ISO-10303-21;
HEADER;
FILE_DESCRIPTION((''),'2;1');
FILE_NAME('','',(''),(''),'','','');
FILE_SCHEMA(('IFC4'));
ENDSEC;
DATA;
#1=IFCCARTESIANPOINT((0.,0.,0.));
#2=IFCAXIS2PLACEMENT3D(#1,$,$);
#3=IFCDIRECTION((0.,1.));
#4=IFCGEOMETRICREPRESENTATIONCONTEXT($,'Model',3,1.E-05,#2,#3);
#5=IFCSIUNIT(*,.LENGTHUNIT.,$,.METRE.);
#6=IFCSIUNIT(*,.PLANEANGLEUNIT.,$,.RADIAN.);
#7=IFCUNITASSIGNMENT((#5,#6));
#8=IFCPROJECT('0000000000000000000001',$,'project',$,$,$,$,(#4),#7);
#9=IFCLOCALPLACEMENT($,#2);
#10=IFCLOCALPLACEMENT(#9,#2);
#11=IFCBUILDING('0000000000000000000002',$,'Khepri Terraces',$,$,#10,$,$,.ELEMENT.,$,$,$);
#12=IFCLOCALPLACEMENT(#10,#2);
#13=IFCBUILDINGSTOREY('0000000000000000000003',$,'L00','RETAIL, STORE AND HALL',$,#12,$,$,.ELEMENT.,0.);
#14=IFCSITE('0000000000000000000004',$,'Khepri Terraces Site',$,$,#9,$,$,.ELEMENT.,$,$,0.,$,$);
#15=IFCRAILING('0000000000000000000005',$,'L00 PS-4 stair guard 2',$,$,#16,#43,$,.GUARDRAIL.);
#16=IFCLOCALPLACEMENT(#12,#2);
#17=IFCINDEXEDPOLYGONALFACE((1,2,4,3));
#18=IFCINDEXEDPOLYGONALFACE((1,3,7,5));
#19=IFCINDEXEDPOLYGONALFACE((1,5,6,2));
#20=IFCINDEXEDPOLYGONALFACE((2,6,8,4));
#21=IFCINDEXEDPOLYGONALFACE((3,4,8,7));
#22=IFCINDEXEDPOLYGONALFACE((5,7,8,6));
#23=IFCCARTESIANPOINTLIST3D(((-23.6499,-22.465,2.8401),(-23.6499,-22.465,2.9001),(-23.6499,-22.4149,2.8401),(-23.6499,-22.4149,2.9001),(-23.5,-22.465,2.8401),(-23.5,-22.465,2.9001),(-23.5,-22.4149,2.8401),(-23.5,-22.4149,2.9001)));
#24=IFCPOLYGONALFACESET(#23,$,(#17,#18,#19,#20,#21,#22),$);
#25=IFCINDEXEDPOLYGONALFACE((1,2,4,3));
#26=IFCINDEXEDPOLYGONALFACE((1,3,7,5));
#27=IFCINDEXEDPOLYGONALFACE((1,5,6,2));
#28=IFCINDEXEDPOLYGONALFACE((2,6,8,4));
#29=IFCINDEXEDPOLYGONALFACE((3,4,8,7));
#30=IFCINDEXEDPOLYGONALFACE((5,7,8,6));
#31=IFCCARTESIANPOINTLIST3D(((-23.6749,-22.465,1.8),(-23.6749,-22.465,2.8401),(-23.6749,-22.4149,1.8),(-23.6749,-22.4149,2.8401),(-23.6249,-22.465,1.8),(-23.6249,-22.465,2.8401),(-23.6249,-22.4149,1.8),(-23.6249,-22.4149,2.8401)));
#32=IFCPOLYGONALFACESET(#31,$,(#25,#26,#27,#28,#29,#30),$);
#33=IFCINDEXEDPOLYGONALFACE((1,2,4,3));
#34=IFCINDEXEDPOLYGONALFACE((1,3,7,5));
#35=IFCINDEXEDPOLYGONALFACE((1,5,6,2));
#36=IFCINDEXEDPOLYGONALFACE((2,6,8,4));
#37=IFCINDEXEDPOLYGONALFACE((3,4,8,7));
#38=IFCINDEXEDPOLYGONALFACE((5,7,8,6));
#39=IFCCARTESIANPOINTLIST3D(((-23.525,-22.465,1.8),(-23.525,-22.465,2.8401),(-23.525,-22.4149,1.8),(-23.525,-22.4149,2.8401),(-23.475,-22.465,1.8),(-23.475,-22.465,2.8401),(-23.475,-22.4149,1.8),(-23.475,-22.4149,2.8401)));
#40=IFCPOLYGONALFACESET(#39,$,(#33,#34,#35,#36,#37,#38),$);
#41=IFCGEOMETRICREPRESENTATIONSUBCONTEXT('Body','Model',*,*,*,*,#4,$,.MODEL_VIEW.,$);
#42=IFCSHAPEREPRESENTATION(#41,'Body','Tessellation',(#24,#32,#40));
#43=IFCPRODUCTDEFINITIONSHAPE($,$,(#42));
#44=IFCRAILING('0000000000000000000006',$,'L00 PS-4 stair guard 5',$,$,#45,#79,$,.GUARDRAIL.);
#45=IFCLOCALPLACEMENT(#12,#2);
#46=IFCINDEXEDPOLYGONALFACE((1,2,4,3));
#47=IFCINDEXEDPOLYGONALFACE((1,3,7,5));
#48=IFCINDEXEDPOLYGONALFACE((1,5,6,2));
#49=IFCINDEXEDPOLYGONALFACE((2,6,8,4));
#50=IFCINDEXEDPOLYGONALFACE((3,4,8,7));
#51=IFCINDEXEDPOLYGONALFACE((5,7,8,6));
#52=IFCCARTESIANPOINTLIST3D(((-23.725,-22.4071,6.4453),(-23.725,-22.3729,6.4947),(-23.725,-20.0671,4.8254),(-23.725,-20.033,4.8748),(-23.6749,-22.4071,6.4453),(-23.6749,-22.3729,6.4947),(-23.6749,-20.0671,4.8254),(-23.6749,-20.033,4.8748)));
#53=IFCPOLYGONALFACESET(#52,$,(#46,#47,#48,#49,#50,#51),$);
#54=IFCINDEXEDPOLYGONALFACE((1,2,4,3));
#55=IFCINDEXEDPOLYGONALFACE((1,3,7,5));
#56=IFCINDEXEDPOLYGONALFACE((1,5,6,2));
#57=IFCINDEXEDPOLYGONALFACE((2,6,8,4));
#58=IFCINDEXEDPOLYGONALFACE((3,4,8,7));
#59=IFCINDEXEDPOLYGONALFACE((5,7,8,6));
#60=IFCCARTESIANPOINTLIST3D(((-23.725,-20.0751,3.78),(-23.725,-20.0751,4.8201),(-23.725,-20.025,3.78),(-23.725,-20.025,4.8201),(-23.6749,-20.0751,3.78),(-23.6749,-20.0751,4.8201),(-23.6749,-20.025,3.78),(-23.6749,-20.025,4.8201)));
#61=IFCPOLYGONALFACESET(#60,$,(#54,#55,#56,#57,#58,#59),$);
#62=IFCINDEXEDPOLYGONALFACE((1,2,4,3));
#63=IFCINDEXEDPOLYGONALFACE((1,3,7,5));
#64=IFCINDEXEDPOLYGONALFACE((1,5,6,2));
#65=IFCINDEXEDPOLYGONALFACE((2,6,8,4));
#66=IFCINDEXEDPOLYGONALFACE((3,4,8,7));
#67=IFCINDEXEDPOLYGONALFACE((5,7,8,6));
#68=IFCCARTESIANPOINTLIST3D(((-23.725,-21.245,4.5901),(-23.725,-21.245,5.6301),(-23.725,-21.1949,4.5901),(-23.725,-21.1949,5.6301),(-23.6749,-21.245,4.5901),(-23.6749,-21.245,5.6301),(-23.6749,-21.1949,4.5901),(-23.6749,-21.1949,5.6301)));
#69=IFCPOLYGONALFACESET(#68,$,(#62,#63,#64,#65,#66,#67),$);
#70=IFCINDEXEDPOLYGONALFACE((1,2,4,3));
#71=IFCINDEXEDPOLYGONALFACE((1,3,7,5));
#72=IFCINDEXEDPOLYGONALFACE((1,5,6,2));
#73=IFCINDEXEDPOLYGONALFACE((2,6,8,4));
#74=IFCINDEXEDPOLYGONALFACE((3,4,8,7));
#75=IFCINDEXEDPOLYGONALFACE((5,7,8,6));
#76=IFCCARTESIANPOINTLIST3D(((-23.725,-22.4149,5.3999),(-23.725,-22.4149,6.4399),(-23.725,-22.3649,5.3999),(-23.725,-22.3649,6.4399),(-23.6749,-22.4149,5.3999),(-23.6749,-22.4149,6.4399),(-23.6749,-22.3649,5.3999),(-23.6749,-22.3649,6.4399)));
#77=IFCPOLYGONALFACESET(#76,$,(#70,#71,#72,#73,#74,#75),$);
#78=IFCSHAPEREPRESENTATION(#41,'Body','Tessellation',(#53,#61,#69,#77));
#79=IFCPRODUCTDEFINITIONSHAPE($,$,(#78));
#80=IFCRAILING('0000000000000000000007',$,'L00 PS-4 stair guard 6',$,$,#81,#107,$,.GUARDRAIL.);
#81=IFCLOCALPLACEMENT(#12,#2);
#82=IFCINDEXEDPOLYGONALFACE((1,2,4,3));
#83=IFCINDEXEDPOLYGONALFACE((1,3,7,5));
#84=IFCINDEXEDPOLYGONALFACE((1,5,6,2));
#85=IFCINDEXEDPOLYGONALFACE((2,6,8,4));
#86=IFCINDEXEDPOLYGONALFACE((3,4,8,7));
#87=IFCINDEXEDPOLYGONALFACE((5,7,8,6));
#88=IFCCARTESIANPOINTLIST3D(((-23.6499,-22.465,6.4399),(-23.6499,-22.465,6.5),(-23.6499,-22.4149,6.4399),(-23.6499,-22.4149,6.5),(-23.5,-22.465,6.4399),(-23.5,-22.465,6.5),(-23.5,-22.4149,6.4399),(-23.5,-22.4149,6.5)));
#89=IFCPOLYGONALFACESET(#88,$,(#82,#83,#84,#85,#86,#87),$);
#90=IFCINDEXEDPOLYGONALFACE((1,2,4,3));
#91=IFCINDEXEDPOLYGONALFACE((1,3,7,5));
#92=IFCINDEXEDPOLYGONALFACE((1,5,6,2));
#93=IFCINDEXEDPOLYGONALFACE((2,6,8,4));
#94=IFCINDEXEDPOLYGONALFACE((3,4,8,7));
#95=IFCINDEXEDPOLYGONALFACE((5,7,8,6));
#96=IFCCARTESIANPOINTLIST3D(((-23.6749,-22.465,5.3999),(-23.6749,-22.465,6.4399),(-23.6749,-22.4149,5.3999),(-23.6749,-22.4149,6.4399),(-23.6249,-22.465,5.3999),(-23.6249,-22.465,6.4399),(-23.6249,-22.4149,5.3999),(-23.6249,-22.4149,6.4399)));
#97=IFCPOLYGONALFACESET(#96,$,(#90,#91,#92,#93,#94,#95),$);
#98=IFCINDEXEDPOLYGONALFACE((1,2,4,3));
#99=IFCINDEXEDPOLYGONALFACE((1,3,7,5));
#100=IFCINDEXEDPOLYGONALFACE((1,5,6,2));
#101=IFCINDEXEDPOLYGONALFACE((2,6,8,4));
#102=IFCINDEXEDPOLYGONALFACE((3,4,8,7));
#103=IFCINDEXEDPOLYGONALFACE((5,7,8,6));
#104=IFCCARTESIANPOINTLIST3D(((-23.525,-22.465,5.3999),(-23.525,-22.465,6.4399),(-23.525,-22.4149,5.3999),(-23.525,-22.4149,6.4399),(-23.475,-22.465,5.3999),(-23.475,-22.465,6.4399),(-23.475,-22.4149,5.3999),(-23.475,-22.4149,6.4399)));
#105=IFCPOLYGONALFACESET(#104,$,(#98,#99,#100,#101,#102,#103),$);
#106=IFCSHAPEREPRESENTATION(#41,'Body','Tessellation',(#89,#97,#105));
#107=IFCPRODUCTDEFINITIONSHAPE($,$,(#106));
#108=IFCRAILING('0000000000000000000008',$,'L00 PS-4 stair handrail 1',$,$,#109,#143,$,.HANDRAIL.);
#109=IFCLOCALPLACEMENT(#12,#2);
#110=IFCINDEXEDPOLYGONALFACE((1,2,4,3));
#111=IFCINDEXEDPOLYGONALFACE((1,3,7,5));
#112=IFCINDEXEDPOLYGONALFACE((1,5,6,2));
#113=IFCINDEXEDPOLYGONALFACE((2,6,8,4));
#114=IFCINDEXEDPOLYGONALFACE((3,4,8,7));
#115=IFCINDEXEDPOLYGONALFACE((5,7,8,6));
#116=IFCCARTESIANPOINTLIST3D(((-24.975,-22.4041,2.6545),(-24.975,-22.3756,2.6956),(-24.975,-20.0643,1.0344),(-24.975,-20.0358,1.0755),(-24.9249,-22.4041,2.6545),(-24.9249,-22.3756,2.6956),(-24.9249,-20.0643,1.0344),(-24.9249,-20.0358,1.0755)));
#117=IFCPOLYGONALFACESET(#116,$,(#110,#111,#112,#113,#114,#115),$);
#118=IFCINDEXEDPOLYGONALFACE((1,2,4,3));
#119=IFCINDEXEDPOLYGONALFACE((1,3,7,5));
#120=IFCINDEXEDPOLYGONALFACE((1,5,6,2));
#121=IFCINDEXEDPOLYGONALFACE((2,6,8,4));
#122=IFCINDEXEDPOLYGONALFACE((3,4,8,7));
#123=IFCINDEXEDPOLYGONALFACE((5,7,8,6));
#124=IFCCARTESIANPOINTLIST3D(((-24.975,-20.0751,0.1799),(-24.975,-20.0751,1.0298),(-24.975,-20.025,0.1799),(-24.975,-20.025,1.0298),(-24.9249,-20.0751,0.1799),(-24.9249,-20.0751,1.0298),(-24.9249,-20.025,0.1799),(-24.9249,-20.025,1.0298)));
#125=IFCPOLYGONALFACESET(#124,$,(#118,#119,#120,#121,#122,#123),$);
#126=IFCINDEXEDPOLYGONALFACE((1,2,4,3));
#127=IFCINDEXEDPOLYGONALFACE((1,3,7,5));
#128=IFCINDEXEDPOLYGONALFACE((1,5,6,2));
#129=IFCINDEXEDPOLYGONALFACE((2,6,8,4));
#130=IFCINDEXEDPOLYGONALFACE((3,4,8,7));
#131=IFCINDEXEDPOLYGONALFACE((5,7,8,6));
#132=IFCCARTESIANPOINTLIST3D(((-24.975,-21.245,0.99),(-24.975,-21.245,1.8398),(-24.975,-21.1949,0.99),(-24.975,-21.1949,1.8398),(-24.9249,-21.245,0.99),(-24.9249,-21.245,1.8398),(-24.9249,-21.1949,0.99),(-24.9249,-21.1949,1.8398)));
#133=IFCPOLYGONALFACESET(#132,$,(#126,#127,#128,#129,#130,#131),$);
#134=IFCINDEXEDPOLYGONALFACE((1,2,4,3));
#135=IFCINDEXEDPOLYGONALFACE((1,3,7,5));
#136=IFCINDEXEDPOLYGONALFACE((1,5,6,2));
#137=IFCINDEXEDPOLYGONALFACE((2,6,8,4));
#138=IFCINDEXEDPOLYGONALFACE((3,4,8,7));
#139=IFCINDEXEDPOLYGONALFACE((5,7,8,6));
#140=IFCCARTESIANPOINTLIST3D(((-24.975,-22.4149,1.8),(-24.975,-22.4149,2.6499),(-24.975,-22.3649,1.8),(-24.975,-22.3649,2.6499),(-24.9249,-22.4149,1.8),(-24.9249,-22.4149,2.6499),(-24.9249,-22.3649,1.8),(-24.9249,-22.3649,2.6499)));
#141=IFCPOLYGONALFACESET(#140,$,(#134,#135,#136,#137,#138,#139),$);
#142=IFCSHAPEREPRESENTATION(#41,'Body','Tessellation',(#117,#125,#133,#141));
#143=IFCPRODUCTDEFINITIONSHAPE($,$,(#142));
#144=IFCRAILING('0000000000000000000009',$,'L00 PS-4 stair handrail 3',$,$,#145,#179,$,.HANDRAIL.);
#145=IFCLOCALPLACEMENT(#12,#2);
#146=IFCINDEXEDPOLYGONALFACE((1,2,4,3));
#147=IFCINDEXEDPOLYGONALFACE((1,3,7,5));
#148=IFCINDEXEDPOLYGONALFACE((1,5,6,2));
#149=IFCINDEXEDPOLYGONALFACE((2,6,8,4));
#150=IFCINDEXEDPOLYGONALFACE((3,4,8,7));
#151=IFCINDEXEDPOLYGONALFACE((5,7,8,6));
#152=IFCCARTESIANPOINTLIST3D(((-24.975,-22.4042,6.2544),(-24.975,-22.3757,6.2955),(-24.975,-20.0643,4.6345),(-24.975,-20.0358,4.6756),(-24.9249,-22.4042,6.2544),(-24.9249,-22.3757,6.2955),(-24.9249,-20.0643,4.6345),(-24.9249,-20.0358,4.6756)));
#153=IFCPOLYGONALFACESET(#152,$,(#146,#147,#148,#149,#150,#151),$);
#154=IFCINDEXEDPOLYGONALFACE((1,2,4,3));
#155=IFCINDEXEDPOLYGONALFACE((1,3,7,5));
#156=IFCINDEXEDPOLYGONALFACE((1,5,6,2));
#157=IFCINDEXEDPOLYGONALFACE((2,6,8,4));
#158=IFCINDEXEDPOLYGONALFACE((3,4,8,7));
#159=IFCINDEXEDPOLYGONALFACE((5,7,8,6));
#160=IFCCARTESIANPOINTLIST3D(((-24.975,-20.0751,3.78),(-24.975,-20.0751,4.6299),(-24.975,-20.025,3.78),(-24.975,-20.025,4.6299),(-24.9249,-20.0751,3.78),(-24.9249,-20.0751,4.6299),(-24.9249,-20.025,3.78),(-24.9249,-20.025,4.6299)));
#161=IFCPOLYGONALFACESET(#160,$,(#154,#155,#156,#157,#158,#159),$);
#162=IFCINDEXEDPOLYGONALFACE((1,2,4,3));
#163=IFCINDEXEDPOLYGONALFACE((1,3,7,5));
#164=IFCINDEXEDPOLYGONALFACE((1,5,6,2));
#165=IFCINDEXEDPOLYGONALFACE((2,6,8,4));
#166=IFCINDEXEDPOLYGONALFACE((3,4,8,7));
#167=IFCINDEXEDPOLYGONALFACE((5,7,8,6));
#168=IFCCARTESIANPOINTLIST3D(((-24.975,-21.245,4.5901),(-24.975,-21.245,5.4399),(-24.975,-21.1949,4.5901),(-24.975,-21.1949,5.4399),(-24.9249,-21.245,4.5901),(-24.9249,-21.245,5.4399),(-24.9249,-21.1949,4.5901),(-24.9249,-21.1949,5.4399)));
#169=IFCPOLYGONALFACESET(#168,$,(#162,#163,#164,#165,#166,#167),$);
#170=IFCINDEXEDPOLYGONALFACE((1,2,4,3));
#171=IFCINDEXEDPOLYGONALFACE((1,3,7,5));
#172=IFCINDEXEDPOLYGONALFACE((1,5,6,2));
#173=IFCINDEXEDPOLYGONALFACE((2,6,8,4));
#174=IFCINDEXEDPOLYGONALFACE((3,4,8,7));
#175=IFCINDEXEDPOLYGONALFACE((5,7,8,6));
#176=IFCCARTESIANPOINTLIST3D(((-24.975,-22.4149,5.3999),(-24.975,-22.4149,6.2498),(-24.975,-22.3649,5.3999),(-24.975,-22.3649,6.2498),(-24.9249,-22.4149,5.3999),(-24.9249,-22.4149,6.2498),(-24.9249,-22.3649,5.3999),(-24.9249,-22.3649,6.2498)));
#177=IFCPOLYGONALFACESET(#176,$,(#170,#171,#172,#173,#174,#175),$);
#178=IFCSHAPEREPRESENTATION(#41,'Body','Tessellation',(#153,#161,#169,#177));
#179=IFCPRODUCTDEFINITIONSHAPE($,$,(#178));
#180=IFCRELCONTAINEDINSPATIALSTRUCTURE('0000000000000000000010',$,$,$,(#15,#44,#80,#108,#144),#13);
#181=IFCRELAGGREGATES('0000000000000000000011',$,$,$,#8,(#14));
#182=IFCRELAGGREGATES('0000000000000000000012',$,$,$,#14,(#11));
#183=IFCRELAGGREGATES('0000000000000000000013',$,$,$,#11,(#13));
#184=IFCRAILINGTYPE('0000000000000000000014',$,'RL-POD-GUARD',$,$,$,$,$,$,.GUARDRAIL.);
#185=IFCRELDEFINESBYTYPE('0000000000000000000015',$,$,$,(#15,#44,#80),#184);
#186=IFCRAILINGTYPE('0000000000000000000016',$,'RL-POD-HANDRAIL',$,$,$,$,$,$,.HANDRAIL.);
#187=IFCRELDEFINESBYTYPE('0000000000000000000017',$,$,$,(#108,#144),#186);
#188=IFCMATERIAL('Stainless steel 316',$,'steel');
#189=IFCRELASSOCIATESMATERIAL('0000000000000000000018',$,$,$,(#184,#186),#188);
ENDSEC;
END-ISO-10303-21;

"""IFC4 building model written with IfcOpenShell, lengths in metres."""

from ifc_helpers import new_model, si_unit, direction, frame, origin, origin_2d, place, context, subcontext, project, spatial, rectangle, extrude, material, type_object, element, save


model = new_model("IFC4")

# Units and contexts
model_context = context("Model", 3, precision=1e-05, world=origin(), true_north=direction((0.0, 1.0)))
body_context = subcontext(model_context, "Body", "Model", "MODEL_VIEW")
ifc_project = project(units=[si_unit("LENGTHUNIT", "METRE"), si_unit("PLANEANGLEUNIT", "RADIAN")], contexts=[model_context])

# Site, building, storey
site_placement = place(None, origin())
site = spatial("IfcSite", under=ifc_project, at=site_placement, Name="Khepri Terraces Site", CompositionType="ELEMENT", RefElevation=0.0)
building_placement = place(site_placement, origin())
building = spatial("IfcBuilding", under=site, at=building_placement, Name="Khepri Terraces", CompositionType="ELEMENT")
storey_placement = place(building_placement, origin())
storey = spatial("IfcBuildingStorey", under=building, at=storey_placement, Name="L00", Description="RETAIL, STORE AND HALL", CompositionType="ELEMENT", Elevation=0.0)

# Railings
ifc_material_1 = material(Name="Stainless steel 316", Category="steel")
railing_type_1 = type_object("IfcRailingType", Name="RL-POD-GUARD", PredefinedType="GUARDRAIL", material=ifc_material_1)
railing_1_placement = place(storey_placement, frame((-23.6499, -22.4399, 1.8)))
element("IfcRailing", 1, at=railing_1_placement, inside=storey, type_object=railing_type_1, Name="L00 PS-4 stair guard 2", PredefinedType="GUARDRAIL", context=body_context, shape_type="SweptSolid", body=[
    extrude(rectangle(XDim=0.05, YDim=0.0601, at=origin_2d()), frame((0.0, 0.0, 1.0701), z_axis=(1.0, 0.0, 0.0), x_axis=(0.0, 1.0, 0.0)), (0.0, 0.0, 1.0), 0.1499),
    extrude(rectangle(XDim=0.05, YDim=0.05, at=origin_2d()), origin(), (0.0, 0.0, 1.0), 1.04),
    extrude(rectangle(XDim=0.05, YDim=0.05, at=origin_2d()), frame((0.1499, 0.0, 0.0)), (0.0, 0.0, 1.0), 1.04),
])
railing_2_placement = place(storey_placement, frame((-23.7, -20.05, 3.78)))
element("IfcRailing", 2, at=railing_2_placement, inside=storey, type_object=railing_type_1, Name="L00 PS-4 stair guard 5", PredefinedType="GUARDRAIL", context=body_context, shape_type="SweptSolid", body=[
    extrude(rectangle(XDim=0.05, YDim=0.0601, at=origin_2d()), frame((0.0, 0.0, 1.0701), z_axis=(0.0, -0.822195, 0.569206), x_axis=(1.0, 0.0, 0.0)), (0.0, 0.0, 1.0), 2.8459),
    extrude(rectangle(XDim=0.05, YDim=0.05, at=origin_2d()), origin(), (0.0, 0.0, 1.0), 1.04),
    extrude(rectangle(XDim=0.05, YDim=0.05, at=origin_2d()), frame((0.0, -1.1699, 0.8101)), (0.0, 0.0, 1.0), 1.04),
    extrude(rectangle(XDim=0.05, YDim=0.05, at=origin_2d()), frame((0.0, -2.3398, 1.6199)), (0.0, 0.0, 1.0), 1.04),
])
railing_3_placement = place(storey_placement, frame((-23.6499, -22.4399, 5.3999)))
element("IfcRailing", 3, at=railing_3_placement, inside=storey, type_object=railing_type_1, Name="L00 PS-4 stair guard 6", PredefinedType="GUARDRAIL", context=body_context, shape_type="SweptSolid", body=[
    extrude(rectangle(XDim=0.05, YDim=0.0601, at=origin_2d()), frame((0.0, 0.0, 1.0701), z_axis=(1.0, 0.0, 0.0), x_axis=(0.0, 1.0, 0.0)), (0.0, 0.0, 1.0), 0.1499),
    extrude(rectangle(XDim=0.05, YDim=0.05, at=origin_2d()), origin(), (0.0, 0.0, 1.0), 1.04),
    extrude(rectangle(XDim=0.05, YDim=0.05, at=origin_2d()), frame((0.1499, 0.0, 0.0)), (0.0, 0.0, 1.0), 1.04),
])
railing_type_2 = type_object("IfcRailingType", Name="RL-POD-HANDRAIL", PredefinedType="HANDRAIL", material=ifc_material_1)
railing_4_placement = place(storey_placement, frame((-24.95, -20.05, 0.1799)))
element("IfcRailing", 4, at=railing_4_placement, inside=storey, type_object=railing_type_2, Name="L00 PS-4 stair handrail 1", PredefinedType="HANDRAIL", context=body_context, shape_type="SweptSolid", body=[
    extrude(rectangle(XDim=0.05, YDim=0.05, at=origin_2d()), frame((0.0, 0.0, 0.875), z_axis=(0.0, -0.822155, 0.569264), x_axis=(1.0, 0.0, 0.0)), (0.0, 0.0, 1.0), 2.8459),
    extrude(rectangle(XDim=0.05, YDim=0.05, at=origin_2d()), origin(), (0.0, 0.0, 1.0), 0.8499),
    extrude(rectangle(XDim=0.05, YDim=0.05, at=origin_2d()), frame((0.0, -1.1699, 0.8101)), (0.0, 0.0, 1.0), 0.8499),
    extrude(rectangle(XDim=0.05, YDim=0.05, at=origin_2d()), frame((0.0, -2.3398, 1.6201)), (0.0, 0.0, 1.0), 0.8499),
])
railing_5_placement = place(storey_placement, frame((-24.95, -20.05, 3.78)))
element("IfcRailing", 5, at=railing_5_placement, inside=storey, type_object=railing_type_2, Name="L00 PS-4 stair handrail 3", PredefinedType="HANDRAIL", context=body_context, shape_type="SweptSolid", body=[
    extrude(rectangle(XDim=0.05, YDim=0.05, at=origin_2d()), frame((0.0, 0.0, 0.875), z_axis=(0.0, -0.822195, 0.569206), x_axis=(1.0, 0.0, 0.0)), (0.0, 0.0, 1.0), 2.8459),
    extrude(rectangle(XDim=0.05, YDim=0.05, at=origin_2d()), origin(), (0.0, 0.0, 1.0), 0.8499),
    extrude(rectangle(XDim=0.05, YDim=0.05, at=origin_2d()), frame((0.0, -1.1699, 0.8101)), (0.0, 0.0, 1.0), 0.8499),
    extrude(rectangle(XDim=0.05, YDim=0.05, at=origin_2d()), frame((0.0, -2.3398, 1.6199)), (0.0, 0.0, 1.0), 0.8499),
])

save(model, "model.ifc")
